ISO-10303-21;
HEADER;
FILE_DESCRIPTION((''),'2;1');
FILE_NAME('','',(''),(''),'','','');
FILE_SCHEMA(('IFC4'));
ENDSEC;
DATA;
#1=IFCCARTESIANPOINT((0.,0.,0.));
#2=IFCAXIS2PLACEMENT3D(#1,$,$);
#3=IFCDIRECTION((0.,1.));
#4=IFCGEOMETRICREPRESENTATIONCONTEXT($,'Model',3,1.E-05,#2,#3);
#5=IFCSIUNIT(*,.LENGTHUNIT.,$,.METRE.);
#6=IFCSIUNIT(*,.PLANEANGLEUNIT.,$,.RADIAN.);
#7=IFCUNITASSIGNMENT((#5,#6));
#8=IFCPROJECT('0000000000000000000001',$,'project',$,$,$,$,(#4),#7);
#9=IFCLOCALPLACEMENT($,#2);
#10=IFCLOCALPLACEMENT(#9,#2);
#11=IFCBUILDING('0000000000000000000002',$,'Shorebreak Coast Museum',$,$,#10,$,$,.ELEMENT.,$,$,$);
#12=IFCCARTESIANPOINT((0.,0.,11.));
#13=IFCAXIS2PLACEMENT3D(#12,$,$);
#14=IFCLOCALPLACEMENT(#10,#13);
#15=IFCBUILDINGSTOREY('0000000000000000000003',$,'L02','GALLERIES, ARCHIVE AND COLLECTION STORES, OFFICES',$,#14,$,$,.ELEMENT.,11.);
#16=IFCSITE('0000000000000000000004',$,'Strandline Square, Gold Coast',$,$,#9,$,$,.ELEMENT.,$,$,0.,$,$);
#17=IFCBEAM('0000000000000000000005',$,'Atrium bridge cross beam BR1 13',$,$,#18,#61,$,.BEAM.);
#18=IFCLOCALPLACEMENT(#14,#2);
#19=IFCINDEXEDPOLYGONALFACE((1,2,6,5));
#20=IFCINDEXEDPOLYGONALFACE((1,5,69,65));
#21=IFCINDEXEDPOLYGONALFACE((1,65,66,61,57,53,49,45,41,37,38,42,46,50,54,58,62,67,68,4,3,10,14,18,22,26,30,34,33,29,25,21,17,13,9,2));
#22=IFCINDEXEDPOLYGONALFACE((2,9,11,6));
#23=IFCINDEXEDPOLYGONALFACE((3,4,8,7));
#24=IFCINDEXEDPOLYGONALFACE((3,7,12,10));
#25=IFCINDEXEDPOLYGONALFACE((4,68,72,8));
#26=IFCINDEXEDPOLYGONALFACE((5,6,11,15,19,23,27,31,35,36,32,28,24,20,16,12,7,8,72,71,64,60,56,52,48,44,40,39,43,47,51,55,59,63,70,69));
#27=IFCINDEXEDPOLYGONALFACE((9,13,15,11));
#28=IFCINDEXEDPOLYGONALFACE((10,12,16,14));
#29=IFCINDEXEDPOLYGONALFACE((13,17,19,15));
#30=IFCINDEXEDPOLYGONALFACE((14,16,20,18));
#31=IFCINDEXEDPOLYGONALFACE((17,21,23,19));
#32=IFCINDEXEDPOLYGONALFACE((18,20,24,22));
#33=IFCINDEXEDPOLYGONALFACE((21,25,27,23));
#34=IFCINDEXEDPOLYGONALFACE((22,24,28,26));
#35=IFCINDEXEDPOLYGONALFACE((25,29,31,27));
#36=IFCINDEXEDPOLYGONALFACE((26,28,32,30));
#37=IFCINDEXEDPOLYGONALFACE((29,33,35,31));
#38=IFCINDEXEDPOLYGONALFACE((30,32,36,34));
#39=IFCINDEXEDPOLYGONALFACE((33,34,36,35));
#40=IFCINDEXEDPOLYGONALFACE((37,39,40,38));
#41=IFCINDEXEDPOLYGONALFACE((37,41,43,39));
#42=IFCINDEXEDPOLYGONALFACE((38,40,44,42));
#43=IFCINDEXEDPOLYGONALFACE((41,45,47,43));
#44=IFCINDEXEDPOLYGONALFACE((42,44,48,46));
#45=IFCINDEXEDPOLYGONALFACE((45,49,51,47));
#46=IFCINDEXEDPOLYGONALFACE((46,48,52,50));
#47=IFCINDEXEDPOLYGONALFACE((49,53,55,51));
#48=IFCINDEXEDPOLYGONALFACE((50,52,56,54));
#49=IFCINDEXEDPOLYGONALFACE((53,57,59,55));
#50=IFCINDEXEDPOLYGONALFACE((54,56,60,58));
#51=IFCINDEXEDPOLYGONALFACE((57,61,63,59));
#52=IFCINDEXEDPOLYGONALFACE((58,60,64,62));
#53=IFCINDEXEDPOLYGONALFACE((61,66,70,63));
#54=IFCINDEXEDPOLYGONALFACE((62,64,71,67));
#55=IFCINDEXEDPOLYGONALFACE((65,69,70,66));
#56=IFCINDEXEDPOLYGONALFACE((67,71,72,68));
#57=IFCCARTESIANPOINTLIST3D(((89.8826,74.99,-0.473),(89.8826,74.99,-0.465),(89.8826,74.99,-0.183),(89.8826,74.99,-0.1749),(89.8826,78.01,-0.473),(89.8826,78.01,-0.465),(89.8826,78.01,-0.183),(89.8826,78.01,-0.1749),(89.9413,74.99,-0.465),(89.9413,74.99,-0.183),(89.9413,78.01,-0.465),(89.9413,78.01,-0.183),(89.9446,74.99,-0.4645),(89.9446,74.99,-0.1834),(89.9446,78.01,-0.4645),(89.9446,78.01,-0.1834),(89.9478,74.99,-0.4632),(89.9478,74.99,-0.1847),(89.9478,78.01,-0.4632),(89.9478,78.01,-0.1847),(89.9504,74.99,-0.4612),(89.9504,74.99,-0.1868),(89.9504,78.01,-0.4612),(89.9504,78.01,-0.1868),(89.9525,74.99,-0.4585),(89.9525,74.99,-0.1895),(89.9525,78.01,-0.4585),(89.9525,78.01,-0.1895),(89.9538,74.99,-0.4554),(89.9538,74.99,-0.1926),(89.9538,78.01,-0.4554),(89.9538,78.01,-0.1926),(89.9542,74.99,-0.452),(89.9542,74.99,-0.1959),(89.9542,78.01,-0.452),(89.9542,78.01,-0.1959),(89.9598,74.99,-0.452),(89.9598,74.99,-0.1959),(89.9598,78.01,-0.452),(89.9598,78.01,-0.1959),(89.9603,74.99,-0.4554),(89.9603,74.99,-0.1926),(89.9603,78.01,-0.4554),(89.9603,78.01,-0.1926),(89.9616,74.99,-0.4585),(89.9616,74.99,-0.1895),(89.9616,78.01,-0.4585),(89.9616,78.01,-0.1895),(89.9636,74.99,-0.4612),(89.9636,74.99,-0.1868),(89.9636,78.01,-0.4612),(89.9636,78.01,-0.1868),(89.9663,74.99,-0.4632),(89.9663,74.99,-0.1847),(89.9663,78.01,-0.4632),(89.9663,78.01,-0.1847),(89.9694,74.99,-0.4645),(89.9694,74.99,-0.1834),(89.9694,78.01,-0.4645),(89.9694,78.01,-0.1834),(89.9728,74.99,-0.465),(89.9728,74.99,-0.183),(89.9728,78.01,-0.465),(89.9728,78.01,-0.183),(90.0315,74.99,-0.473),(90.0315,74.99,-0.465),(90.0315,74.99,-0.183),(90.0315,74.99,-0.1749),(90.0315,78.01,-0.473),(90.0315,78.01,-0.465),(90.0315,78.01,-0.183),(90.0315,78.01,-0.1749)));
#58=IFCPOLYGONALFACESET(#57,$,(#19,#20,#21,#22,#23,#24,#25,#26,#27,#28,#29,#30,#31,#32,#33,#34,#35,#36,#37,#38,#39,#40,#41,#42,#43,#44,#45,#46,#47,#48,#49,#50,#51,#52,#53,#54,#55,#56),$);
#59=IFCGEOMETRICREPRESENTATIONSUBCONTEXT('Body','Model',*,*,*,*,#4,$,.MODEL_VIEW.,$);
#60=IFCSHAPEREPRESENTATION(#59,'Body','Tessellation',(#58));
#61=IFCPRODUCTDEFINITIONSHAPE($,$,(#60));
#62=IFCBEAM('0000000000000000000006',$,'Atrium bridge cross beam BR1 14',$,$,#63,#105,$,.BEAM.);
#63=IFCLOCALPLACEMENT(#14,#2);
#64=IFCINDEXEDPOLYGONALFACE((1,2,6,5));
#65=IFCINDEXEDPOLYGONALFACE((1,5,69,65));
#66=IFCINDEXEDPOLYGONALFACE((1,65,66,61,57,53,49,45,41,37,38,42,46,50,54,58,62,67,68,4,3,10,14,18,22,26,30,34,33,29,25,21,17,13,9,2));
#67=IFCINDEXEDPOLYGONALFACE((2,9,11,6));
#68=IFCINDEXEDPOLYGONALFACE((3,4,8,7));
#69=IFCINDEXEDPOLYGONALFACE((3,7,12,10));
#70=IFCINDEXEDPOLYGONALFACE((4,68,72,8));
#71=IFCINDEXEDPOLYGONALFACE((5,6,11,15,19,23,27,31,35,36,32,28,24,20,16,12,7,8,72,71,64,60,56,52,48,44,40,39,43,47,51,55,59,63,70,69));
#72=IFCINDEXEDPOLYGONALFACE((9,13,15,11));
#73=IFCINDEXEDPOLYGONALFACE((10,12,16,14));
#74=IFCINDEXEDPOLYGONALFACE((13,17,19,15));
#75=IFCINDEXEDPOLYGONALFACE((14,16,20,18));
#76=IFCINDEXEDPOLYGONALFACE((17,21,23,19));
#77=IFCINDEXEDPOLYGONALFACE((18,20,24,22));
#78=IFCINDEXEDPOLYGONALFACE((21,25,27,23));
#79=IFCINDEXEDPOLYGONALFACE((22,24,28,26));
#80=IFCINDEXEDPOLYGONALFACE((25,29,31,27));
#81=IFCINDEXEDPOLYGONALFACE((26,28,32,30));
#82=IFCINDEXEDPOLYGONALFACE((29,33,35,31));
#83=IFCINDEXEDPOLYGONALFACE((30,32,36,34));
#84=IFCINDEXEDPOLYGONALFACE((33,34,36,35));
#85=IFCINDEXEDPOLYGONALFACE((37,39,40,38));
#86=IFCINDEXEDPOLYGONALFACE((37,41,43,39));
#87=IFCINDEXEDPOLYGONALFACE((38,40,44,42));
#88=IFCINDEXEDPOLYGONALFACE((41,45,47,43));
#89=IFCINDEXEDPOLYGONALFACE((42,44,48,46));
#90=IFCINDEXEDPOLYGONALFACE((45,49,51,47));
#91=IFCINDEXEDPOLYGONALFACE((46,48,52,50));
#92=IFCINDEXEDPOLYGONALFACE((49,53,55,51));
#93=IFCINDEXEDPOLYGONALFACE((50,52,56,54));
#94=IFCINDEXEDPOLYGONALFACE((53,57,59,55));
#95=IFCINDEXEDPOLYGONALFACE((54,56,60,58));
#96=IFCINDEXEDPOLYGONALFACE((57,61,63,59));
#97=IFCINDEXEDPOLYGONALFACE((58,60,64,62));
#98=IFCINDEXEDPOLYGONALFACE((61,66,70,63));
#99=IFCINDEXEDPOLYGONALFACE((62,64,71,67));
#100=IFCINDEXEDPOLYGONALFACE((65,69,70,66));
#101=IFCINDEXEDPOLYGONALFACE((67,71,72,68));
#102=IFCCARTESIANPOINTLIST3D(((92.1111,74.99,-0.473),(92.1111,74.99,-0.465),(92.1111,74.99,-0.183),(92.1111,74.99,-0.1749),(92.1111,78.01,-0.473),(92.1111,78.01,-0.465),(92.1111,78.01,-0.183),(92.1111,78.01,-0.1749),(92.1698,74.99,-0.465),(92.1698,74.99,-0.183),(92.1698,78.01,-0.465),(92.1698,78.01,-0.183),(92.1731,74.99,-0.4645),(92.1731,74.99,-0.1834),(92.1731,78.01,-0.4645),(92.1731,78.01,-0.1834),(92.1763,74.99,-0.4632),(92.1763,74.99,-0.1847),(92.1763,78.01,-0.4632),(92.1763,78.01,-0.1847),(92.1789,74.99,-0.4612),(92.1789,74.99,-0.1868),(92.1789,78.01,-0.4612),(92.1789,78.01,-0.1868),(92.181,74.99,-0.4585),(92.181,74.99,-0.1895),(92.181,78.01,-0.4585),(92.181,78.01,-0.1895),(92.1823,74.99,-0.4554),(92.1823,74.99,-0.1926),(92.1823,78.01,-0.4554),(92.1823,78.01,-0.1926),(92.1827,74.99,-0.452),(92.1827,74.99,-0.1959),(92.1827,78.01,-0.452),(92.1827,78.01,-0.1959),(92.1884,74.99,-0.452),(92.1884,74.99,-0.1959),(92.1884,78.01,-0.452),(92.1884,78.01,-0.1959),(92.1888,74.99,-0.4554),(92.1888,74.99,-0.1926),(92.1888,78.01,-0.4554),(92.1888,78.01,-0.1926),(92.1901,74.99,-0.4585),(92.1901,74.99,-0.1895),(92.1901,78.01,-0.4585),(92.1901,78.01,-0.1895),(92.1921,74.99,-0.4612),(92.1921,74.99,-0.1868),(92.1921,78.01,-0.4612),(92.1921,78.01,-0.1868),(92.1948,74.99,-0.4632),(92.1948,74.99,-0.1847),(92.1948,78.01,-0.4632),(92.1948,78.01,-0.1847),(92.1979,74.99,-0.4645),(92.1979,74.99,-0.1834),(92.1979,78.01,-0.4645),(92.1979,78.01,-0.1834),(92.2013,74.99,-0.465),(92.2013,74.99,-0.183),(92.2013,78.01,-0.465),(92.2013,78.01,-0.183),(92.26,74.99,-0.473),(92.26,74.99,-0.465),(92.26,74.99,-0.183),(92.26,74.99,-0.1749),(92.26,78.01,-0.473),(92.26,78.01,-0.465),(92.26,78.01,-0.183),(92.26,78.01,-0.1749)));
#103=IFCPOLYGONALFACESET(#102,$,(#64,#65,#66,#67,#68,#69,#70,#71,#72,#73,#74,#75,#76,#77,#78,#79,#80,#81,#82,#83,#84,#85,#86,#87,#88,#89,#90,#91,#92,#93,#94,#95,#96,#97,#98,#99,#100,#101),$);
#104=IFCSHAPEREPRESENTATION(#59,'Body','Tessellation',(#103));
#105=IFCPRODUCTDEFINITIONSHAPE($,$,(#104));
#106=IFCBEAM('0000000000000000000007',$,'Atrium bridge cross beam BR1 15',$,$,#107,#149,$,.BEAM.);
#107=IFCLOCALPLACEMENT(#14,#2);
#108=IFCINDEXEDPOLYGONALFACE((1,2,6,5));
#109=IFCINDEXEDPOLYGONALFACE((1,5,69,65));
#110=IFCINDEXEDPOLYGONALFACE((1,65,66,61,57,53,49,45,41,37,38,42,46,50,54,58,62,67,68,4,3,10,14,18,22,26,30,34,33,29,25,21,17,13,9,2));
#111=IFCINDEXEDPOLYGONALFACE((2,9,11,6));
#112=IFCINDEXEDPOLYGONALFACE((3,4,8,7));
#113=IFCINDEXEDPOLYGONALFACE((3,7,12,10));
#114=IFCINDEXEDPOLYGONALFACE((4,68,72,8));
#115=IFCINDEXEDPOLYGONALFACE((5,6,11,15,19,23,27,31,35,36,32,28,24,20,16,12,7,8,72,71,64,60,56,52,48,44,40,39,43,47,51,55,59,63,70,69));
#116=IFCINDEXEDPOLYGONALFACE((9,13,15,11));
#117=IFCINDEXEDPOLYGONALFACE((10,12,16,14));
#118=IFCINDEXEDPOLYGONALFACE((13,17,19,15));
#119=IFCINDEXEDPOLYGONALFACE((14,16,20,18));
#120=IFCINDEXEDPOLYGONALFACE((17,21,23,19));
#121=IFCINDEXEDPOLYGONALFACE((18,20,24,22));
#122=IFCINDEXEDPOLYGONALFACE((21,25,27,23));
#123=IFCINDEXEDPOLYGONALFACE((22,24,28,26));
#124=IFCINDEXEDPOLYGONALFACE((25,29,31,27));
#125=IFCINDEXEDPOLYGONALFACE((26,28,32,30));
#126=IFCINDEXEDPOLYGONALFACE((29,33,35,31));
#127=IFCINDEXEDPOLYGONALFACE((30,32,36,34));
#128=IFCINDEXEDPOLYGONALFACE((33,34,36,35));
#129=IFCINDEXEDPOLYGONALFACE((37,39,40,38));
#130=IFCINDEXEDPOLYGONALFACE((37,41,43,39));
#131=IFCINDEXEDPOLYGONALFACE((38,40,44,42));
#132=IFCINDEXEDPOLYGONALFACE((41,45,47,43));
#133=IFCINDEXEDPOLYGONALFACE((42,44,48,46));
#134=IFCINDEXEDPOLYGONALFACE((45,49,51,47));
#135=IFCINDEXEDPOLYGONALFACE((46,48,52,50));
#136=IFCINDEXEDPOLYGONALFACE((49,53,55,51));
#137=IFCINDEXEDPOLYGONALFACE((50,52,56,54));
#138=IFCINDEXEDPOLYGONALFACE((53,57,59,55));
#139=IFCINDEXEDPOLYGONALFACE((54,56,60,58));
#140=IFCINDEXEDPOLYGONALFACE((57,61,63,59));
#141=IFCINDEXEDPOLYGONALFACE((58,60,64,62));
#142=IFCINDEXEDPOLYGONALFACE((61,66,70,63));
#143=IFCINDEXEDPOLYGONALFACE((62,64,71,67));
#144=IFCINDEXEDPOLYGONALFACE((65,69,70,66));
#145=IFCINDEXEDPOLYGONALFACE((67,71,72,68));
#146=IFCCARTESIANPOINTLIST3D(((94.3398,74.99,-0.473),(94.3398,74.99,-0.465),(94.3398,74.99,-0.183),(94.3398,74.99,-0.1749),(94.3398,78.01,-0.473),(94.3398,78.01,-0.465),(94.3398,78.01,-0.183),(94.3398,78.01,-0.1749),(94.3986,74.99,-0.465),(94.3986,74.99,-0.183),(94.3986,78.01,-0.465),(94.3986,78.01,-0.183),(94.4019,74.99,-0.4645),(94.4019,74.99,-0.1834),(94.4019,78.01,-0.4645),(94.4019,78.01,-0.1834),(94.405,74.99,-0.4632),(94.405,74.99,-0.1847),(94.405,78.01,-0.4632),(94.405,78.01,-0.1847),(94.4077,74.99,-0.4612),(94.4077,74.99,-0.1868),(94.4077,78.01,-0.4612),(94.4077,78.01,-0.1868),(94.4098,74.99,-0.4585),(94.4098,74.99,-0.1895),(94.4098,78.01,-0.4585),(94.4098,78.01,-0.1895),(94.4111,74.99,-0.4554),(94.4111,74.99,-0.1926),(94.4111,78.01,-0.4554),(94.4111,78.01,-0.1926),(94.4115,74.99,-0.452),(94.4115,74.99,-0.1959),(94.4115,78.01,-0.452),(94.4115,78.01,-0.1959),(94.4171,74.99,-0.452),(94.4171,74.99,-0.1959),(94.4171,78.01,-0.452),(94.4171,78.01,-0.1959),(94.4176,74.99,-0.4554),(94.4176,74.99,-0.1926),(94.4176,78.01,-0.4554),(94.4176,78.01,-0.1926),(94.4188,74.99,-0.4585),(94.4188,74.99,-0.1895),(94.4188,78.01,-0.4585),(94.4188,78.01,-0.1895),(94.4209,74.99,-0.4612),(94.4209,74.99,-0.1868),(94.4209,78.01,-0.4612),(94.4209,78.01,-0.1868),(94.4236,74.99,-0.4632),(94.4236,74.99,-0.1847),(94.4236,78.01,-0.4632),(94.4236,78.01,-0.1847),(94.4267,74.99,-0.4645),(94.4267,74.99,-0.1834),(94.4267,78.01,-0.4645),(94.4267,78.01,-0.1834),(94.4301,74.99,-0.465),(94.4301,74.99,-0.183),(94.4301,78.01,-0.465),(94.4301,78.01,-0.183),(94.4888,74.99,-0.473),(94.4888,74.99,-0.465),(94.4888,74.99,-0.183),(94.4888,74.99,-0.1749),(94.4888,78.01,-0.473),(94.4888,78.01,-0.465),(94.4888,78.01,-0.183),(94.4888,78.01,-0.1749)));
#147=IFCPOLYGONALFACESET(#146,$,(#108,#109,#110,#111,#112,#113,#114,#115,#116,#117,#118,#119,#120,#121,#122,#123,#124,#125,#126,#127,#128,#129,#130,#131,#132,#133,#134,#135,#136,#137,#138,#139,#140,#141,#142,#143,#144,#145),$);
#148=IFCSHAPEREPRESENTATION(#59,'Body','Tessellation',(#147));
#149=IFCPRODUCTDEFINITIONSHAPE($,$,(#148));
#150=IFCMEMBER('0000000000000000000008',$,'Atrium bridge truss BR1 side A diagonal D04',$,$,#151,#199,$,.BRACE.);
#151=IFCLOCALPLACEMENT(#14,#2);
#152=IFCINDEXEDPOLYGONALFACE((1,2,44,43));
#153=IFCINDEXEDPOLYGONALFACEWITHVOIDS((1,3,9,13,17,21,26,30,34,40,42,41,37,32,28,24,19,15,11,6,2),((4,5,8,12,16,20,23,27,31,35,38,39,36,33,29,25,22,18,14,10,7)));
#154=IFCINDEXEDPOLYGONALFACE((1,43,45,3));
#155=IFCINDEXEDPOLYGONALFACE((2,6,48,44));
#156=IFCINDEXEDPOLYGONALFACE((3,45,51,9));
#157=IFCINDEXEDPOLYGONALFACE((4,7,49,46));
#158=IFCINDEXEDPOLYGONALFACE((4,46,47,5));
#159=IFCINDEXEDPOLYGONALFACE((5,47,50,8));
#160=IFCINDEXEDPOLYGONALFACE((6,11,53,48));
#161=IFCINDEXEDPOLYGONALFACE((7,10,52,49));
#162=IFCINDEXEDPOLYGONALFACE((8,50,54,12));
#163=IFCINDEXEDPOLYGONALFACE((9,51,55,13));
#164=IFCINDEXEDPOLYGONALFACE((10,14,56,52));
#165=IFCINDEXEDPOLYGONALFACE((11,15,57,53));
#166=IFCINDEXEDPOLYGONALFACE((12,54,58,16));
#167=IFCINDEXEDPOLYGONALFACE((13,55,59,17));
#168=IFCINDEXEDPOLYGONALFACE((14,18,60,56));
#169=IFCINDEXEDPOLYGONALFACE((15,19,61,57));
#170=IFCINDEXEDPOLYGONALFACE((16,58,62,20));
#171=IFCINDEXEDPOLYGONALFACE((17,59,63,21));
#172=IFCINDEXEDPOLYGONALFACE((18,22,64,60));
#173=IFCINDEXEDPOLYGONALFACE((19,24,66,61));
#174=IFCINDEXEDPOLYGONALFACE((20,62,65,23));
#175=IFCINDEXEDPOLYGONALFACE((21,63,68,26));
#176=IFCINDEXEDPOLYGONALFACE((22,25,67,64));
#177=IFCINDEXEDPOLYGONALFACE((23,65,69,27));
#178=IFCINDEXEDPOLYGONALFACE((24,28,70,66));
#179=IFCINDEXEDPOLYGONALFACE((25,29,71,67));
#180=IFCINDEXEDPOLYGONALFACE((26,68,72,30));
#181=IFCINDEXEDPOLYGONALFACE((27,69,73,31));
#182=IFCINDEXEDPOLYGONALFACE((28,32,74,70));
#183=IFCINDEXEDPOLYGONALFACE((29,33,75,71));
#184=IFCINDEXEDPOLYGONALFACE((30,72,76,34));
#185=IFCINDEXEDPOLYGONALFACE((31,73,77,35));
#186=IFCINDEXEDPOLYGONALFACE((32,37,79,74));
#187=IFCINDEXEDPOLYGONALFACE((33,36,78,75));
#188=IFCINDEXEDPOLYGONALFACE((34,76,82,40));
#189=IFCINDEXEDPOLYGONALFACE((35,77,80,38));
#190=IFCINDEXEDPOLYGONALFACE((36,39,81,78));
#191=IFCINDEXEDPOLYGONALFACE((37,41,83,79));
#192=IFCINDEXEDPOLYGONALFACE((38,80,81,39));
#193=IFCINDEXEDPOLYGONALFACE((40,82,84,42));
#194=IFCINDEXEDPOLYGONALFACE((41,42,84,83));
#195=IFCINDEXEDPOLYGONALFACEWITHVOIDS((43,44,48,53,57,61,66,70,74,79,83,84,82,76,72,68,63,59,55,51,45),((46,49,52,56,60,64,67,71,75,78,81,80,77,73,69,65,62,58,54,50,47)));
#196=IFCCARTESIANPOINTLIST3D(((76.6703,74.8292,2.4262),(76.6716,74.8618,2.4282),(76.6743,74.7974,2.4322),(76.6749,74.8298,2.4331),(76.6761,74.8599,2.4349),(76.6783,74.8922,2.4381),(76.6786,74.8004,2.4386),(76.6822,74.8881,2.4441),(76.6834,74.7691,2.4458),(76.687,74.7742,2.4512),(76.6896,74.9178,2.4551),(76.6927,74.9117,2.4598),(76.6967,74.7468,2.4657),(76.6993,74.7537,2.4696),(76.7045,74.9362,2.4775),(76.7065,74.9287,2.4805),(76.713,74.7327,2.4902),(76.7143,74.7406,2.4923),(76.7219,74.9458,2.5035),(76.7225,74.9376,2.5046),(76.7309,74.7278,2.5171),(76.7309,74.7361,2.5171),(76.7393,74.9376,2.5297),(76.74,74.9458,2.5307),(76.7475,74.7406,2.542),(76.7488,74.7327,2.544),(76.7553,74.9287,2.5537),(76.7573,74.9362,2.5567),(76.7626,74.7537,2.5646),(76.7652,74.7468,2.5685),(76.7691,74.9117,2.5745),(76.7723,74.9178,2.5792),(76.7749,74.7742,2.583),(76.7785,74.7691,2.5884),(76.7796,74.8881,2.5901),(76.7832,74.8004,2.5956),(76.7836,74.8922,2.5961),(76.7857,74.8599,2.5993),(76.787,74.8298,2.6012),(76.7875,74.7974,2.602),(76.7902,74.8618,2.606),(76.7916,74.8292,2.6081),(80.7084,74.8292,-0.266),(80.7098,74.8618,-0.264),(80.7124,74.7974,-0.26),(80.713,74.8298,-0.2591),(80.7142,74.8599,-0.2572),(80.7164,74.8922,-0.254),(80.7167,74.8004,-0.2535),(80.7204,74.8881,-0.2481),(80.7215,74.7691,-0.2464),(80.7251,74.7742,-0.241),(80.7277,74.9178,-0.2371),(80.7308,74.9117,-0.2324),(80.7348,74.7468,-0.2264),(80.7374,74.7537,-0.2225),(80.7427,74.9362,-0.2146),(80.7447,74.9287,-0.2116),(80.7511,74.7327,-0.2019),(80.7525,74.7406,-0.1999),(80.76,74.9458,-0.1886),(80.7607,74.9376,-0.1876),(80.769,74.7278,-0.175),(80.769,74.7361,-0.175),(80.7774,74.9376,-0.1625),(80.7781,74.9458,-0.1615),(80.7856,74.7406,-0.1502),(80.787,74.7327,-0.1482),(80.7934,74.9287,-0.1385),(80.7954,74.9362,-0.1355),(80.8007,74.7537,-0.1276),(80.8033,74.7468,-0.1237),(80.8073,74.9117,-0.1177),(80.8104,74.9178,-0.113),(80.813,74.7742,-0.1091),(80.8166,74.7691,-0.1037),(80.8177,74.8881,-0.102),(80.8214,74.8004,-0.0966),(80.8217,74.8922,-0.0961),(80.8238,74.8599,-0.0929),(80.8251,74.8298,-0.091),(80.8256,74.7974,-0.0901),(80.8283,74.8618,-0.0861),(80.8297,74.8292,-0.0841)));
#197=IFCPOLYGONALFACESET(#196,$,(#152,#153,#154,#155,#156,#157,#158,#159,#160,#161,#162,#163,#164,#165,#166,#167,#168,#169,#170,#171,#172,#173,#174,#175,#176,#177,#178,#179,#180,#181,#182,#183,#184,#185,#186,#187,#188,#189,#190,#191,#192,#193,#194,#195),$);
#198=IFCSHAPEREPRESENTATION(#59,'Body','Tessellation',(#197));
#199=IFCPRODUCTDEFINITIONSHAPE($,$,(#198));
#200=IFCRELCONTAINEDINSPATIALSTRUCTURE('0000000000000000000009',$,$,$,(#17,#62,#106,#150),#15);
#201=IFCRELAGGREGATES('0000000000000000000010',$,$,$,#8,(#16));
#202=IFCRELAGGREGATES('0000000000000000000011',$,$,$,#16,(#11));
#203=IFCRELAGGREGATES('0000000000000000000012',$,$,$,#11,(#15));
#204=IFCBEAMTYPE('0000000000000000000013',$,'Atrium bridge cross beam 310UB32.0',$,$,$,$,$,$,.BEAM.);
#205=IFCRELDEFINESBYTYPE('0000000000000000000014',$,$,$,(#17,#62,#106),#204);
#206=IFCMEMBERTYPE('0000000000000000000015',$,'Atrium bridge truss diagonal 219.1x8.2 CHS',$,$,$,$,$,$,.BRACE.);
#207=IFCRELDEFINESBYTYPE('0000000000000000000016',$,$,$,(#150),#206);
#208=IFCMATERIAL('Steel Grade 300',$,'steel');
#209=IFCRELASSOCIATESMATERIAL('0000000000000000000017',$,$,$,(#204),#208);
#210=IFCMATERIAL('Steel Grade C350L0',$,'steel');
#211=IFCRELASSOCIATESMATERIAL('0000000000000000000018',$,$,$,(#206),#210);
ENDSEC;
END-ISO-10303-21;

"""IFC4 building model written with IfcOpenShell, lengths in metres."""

from ifc_helpers import new_model, si_unit, direction, frame, origin, origin_2d, place, context, subcontext, project, spatial, hollow_circle, i_section, extrude, material, material_profile, profile_set, type_object, element, save


model = new_model("IFC4")

# Units and contexts
model_context = context("Model", 3, precision=1e-05, world=origin(), true_north=direction((0.0, 1.0)))
body_context = subcontext(model_context, "Body", "Model", "MODEL_VIEW")
ifc_project = project(units=[si_unit("LENGTHUNIT", "METRE"), si_unit("PLANEANGLEUNIT", "RADIAN")], contexts=[model_context])

# Site, building, storey
site_placement = place(None, origin())
site = spatial("IfcSite", under=ifc_project, at=site_placement, Name="Strandline Square, Gold Coast", CompositionType="ELEMENT", RefElevation=0.0)
building_placement = place(site_placement, origin())
building = spatial("IfcBuilding", under=site, at=building_placement, Name="Shorebreak Coast Museum", CompositionType="ELEMENT")
storey_placement = place(building_placement, frame((0.0, 0.0, 11.0)))
storey = spatial("IfcBuildingStorey", under=building, at=storey_placement, Name="L02", Description="GALLERIES, ARCHIVE AND COLLECTION STORES, OFFICES", CompositionType="ELEMENT", Elevation=11.0)

# Beams
ifc_material_1 = material(Name="Steel Grade 300", Category="steel")
ifc_material_profile_1 = material_profile(ifc_material_1, i_section(OverallWidth=0.1489, OverallDepth=0.2981, WebThickness=0.0056, FlangeThickness=0.0081, FilletRadius=0.0129, at=origin_2d()), Name="310UB32.0")
ifc_profile_set_1 = profile_set([ifc_material_profile_1], Name="Steel Grade 300")
beam_type_1 = type_object("IfcBeamType", Name="Atrium bridge cross beam 310UB32.0", PredefinedType="BEAM", material=ifc_profile_set_1)
for number, where, z_axis, x_axis, name in (
    (1, (89.957, 74.99, -0.324), (0.0, 1.0, 0.0), (-1.0, 0.0, 0.0), "Atrium bridge cross beam BR1 13"),
    (2, (92.1855, 74.99, -0.324), (0.0, 1.0, 0.0), (-1.0, 0.0, 0.0), "Atrium bridge cross beam BR1 14"),
    (3, (94.4143, 74.99, -0.324), (0.0, 1.0, 0.0), (-1.0, 0.0, 0.0), "Atrium bridge cross beam BR1 15"),
):
    element("IfcBeam", number, at=place(storey_placement, frame(where, z_axis=z_axis, x_axis=x_axis)), inside=storey, type_object=beam_type_1, Name=name, PredefinedType="BEAM", context=body_context, shape_type="SweptSolid", body=[
        extrude(i_section(OverallWidth=0.1489, OverallDepth=0.2981, WebThickness=0.0056, FlangeThickness=0.0081, FilletRadius=0.0129, at=origin_2d()), origin(), (0.0, 0.0, 1.0), 3.02),
    ])

# Member
ifc_material_2 = material(Name="Steel Grade C350L0", Category="steel")
ifc_material_profile_2 = material_profile(ifc_material_2, hollow_circle(Radius=0.1096, WallThickness=0.0083, at=origin_2d()), Name="219.1x8.2 CHS")
ifc_profile_set_2 = profile_set([ifc_material_profile_2], Name="Steel Grade C350L0")
member_type_1 = type_object("IfcMemberType", Name="Atrium bridge truss diagonal 219.1x8.2 CHS", PredefinedType="BRACE", material=ifc_profile_set_2)
for number, where, z_axis, x_axis, name in (
    (4, (80.769, 74.8374, -0.175), (-0.832043, 0.0, 0.554712), (0.0, -1.0, 0.0), "Atrium bridge truss BR1 side A diagonal D04"),
):
    element("IfcMember", number, at=place(storey_placement, frame(where, z_axis=z_axis, x_axis=x_axis)), inside=storey, type_object=member_type_1, Name=name, PredefinedType="BRACE", context=body_context, shape_type="SweptSolid", body=[
        extrude(hollow_circle(Radius=0.1096, WallThickness=0.0083, at=origin_2d()), origin(), (0.0, 0.0, 1.0), 4.8533),
    ])

save(model, "model.ifc")
